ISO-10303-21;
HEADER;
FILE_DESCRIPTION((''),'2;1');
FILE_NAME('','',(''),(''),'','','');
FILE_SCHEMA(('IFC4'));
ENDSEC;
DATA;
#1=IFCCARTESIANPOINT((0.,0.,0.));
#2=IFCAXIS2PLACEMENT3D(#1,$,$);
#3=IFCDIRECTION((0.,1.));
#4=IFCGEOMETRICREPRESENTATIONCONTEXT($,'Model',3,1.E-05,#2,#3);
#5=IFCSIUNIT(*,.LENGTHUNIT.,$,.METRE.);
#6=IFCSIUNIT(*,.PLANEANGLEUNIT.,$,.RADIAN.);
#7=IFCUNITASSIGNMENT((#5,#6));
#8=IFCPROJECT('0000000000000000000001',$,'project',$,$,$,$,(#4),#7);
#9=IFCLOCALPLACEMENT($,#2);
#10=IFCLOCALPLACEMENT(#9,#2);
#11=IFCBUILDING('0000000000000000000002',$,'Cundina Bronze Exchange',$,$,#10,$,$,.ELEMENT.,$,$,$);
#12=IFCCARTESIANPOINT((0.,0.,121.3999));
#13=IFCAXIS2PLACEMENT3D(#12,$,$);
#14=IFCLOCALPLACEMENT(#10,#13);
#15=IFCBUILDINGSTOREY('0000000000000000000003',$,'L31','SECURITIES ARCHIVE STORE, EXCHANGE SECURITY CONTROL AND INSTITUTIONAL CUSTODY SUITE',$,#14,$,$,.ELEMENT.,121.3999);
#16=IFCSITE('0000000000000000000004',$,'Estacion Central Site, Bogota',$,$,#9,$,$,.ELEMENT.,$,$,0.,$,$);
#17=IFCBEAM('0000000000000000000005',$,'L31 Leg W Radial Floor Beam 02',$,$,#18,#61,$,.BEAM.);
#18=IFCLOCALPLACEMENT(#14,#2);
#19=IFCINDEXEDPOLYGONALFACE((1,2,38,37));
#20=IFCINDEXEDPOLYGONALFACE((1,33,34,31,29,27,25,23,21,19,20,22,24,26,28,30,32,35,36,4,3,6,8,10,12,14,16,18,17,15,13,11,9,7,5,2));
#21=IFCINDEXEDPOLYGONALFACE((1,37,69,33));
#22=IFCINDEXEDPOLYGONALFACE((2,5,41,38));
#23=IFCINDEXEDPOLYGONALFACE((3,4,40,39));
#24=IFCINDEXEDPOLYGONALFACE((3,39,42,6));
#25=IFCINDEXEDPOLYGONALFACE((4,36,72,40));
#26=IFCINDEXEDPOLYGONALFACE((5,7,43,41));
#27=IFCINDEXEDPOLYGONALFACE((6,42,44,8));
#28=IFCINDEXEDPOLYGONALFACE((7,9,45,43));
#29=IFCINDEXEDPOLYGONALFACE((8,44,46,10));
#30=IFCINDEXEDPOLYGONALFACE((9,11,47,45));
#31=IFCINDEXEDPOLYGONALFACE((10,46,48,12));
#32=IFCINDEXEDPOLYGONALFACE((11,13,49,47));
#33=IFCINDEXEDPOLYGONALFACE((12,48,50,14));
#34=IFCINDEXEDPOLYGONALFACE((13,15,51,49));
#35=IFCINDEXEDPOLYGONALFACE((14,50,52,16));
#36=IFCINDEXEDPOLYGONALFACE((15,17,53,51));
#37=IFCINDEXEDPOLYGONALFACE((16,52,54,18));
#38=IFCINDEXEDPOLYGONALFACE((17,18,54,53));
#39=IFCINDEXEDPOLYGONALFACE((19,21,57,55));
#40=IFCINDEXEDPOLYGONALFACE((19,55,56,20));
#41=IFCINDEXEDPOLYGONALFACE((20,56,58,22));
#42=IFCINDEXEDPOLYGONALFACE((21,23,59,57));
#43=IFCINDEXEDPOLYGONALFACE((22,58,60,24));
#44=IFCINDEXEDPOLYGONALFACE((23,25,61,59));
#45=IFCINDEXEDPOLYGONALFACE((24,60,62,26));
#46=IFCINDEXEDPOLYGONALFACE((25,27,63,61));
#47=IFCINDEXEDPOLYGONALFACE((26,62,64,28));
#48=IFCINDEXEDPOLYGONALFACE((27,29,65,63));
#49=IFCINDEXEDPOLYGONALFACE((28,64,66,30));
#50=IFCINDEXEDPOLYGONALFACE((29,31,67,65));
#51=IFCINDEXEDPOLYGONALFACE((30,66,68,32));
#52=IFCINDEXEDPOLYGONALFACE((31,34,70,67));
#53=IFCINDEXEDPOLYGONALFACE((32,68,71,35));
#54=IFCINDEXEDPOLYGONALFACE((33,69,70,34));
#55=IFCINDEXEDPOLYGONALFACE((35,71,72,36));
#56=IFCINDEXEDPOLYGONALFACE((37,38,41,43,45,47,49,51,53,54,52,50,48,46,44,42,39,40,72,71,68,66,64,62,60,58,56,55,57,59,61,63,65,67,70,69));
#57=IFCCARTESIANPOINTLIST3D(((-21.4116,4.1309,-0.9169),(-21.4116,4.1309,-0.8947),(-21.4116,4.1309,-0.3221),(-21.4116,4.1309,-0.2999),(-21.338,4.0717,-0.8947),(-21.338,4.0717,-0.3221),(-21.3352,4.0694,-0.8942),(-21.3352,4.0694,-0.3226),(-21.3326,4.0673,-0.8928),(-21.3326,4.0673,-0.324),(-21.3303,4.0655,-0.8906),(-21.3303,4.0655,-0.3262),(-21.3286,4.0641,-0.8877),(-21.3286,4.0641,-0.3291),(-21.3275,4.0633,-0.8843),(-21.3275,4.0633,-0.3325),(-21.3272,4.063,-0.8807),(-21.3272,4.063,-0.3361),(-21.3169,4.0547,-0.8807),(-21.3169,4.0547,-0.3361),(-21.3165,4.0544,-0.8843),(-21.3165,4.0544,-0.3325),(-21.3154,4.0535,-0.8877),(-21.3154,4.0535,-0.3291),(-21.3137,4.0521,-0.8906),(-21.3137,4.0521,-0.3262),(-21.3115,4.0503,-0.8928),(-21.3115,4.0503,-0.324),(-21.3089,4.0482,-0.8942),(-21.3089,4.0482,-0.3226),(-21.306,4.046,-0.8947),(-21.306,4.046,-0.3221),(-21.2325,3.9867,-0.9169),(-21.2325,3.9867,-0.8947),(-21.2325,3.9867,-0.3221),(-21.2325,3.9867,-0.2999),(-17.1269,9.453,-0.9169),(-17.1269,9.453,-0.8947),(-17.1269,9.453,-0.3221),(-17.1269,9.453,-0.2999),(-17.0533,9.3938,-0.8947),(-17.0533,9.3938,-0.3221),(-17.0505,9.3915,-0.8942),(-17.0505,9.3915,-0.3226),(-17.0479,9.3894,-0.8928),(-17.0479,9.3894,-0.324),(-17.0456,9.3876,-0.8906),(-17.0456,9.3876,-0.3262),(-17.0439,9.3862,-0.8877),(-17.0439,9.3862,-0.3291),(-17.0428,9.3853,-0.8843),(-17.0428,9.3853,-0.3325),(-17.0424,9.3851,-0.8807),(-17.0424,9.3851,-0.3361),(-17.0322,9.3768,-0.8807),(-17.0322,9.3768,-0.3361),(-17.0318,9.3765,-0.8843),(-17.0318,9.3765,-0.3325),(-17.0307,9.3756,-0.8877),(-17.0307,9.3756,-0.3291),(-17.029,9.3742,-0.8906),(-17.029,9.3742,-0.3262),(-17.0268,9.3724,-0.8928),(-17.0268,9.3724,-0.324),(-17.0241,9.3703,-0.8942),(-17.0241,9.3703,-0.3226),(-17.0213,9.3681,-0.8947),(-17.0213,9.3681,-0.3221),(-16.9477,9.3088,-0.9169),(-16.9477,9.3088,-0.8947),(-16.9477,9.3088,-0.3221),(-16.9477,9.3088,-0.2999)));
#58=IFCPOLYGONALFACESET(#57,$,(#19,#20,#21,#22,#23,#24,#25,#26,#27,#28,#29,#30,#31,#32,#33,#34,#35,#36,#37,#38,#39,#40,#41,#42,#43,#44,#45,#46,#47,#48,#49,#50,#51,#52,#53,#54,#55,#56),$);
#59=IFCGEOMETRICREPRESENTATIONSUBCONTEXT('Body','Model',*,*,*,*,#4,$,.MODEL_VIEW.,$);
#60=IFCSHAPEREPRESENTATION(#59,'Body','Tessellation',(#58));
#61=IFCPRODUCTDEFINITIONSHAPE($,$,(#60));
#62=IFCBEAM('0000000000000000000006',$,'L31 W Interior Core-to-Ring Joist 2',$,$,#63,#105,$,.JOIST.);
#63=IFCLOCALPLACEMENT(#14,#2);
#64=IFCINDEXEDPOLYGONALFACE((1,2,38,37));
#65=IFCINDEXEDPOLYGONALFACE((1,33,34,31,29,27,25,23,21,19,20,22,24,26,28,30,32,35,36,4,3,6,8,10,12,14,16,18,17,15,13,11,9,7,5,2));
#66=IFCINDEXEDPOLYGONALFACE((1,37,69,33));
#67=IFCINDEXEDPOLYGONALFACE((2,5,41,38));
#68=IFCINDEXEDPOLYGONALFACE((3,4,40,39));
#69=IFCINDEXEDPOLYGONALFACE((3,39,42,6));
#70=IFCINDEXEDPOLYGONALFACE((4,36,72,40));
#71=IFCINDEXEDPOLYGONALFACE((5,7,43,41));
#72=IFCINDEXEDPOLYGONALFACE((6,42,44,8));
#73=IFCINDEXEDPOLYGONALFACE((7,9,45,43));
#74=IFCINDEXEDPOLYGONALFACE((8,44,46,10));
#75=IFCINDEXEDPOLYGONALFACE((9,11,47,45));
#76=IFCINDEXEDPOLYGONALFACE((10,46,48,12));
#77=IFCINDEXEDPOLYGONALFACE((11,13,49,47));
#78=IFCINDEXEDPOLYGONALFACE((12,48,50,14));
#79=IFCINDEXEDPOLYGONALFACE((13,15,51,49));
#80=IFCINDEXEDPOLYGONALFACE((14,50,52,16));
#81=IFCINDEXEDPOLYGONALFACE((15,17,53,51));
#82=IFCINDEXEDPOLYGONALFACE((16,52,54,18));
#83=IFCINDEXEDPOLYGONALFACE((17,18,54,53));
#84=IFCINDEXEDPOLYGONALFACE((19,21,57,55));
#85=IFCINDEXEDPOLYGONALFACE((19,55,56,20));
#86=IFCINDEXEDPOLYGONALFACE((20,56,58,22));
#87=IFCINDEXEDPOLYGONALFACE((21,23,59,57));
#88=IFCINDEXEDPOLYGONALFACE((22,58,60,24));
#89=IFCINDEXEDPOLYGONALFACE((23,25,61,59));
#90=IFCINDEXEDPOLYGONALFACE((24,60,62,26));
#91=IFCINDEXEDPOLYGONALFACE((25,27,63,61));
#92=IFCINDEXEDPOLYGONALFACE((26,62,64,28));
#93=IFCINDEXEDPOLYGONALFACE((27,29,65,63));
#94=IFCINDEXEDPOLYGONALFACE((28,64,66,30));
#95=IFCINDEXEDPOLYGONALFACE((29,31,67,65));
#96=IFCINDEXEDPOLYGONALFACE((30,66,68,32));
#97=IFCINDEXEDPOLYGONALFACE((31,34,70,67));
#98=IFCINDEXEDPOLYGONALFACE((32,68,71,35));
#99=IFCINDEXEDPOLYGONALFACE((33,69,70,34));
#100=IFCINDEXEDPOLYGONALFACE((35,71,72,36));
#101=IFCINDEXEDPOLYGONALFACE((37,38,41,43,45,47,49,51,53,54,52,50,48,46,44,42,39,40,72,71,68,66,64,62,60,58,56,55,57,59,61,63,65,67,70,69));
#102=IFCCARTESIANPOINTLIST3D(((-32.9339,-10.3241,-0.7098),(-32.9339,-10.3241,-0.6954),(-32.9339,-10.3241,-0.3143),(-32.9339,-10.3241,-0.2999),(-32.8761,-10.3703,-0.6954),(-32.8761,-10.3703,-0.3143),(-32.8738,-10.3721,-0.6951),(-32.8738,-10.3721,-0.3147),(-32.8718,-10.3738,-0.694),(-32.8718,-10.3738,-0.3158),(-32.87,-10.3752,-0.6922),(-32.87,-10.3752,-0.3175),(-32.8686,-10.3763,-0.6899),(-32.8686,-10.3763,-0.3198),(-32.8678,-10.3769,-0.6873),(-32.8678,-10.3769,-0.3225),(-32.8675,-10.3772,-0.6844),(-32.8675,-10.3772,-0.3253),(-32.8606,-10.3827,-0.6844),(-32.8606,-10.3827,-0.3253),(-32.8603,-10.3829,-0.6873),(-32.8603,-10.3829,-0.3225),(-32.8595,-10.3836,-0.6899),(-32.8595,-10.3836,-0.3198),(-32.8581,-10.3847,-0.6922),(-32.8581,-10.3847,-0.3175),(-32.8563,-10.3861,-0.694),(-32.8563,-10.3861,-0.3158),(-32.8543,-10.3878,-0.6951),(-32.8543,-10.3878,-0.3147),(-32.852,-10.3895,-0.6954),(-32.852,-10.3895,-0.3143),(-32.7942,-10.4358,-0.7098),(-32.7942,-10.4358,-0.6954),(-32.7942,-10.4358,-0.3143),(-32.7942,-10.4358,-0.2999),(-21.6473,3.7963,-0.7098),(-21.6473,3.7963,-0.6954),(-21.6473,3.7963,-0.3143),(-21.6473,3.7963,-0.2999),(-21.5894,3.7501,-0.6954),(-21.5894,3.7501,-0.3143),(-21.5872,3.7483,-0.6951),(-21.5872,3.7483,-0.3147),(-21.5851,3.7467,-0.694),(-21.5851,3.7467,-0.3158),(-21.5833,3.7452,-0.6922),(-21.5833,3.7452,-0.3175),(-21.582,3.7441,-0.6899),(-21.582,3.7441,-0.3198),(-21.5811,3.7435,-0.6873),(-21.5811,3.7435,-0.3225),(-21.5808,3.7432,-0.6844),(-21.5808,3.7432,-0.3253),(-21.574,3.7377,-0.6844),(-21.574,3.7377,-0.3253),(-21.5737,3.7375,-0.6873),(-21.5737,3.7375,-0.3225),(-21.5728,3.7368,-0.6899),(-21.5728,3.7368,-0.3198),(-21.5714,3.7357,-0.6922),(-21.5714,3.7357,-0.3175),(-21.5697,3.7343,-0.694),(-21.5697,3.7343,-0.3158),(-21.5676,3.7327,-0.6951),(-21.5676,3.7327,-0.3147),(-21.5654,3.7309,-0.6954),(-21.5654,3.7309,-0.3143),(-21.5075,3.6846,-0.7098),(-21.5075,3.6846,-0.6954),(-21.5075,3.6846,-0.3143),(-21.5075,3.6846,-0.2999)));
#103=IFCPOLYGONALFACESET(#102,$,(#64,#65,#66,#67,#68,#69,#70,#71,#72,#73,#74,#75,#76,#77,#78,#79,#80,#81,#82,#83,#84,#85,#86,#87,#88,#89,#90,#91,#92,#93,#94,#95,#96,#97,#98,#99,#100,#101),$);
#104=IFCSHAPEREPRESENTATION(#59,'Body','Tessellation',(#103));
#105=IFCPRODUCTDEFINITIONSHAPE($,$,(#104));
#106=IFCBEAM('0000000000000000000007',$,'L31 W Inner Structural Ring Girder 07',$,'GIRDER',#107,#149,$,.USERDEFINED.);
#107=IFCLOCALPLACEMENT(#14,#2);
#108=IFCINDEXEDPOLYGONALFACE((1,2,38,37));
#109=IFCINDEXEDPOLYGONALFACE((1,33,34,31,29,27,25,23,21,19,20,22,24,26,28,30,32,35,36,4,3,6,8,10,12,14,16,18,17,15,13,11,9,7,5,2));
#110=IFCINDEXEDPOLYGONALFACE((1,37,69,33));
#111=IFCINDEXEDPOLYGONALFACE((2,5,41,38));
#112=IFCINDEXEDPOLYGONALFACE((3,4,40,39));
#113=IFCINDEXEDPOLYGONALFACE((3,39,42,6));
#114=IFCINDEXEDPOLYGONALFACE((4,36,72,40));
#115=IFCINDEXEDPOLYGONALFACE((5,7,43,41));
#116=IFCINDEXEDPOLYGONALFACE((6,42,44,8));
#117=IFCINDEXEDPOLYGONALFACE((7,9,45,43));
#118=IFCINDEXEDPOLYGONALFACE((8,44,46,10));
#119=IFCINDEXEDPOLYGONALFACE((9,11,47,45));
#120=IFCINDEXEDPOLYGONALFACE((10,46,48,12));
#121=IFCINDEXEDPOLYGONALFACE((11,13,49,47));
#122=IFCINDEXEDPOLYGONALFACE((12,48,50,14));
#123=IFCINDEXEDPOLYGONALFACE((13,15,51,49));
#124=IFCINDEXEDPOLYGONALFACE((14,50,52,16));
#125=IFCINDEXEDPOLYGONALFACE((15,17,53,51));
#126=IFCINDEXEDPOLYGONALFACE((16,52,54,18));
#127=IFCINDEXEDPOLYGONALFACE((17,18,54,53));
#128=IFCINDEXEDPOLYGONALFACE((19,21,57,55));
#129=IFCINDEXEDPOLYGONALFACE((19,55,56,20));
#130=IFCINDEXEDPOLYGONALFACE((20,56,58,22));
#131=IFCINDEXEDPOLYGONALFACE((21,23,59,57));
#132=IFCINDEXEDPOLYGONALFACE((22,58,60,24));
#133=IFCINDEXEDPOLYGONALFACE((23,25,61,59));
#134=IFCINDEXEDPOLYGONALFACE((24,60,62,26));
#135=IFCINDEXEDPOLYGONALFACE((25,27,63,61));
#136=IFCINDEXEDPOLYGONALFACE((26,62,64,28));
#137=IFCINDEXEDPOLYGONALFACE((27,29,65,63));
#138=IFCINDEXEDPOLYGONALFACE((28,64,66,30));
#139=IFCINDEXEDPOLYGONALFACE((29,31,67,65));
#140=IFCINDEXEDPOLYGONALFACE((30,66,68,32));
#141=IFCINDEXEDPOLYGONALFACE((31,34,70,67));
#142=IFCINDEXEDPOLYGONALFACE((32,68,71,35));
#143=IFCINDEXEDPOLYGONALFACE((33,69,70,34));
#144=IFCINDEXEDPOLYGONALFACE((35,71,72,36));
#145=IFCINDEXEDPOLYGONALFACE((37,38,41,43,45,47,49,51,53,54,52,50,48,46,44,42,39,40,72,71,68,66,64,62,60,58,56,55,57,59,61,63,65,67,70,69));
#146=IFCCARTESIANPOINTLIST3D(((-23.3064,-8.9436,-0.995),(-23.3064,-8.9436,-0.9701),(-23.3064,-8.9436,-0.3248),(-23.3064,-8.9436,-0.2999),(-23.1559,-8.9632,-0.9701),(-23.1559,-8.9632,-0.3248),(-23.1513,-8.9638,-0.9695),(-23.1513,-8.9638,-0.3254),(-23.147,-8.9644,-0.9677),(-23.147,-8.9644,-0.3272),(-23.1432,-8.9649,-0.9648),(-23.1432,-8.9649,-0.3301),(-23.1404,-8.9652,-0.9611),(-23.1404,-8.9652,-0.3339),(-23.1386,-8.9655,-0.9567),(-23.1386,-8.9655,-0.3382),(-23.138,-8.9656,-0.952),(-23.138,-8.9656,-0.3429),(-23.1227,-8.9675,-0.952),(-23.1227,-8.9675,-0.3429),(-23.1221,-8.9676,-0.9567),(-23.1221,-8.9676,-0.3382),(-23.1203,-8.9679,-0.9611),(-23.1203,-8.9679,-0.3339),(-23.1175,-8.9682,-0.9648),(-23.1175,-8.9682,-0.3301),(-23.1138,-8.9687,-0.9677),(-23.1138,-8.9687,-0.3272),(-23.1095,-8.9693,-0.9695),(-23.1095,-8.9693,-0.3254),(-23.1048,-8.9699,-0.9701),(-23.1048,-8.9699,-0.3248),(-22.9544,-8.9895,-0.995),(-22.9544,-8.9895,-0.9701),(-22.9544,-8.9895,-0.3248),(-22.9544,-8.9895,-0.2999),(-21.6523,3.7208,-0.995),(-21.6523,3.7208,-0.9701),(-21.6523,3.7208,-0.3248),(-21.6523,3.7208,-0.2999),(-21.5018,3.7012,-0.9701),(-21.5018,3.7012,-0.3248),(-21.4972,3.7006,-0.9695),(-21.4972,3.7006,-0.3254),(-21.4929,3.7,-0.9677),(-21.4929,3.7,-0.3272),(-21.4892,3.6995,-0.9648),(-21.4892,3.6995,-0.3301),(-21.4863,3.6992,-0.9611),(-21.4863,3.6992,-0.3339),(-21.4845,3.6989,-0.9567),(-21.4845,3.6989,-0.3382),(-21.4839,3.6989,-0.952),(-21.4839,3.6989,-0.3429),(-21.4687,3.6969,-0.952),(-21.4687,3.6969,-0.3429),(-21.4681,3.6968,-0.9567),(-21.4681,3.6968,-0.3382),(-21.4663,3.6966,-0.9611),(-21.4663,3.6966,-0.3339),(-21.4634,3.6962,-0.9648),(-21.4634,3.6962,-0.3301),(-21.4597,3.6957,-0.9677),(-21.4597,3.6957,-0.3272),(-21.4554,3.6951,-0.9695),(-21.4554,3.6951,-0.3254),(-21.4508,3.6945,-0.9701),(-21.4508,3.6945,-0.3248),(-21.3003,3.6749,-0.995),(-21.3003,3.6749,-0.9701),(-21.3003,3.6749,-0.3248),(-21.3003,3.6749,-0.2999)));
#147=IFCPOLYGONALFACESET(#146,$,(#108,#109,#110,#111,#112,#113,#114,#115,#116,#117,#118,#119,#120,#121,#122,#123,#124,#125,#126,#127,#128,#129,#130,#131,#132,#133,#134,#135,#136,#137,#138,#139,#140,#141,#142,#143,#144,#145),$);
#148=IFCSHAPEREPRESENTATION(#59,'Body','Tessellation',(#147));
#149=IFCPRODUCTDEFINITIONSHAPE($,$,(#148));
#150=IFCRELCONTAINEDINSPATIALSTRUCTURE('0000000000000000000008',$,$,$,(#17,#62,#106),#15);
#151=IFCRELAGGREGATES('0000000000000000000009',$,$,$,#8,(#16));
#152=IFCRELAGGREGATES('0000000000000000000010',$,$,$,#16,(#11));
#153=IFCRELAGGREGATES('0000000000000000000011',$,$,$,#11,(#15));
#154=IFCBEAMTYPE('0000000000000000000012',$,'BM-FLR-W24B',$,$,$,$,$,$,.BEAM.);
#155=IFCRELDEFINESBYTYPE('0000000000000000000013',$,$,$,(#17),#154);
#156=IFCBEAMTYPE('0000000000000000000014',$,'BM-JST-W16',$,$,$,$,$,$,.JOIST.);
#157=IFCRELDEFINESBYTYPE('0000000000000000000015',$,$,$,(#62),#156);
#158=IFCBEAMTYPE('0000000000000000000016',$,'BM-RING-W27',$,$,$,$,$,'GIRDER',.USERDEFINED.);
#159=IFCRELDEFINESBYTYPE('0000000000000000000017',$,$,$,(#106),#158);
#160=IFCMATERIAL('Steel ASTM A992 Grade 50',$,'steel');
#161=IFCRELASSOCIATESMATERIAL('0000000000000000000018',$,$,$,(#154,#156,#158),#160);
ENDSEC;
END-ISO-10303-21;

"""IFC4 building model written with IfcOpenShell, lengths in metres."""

from ifc_helpers import new_model, si_unit, direction, frame, origin, origin_2d, place, context, subcontext, project, spatial, i_section, extrude, material, material_profile, profile_set, type_object, element, save


model = new_model("IFC4")

# Units and contexts
model_context = context("Model", 3, precision=1e-05, world=origin(), true_north=direction((0.0, 1.0)))
body_context = subcontext(model_context, "Body", "Model", "MODEL_VIEW")
ifc_project = project(units=[si_unit("LENGTHUNIT", "METRE"), si_unit("PLANEANGLEUNIT", "RADIAN")], contexts=[model_context])

# Site, building, storey
site_placement = place(None, origin())
site = spatial("IfcSite", under=ifc_project, at=site_placement, Name="Estacion Central Site, Bogota", CompositionType="ELEMENT", RefElevation=0.0)
building_placement = place(site_placement, origin())
building = spatial("IfcBuilding", under=site, at=building_placement, Name="Cundina Bronze Exchange", CompositionType="ELEMENT")
storey_placement = place(building_placement, frame((0.0, 0.0, 121.3999)))
storey = spatial("IfcBuildingStorey", under=building, at=storey_placement, Name="L31", Description="SECURITIES ARCHIVE STORE, EXCHANGE SECURITY CONTROL AND INSTITUTIONAL CUSTODY SUITE", CompositionType="ELEMENT", Elevation=121.3999)

# Shared definitions
ifc_material_1 = material(Name="Steel ASTM A992 Grade 50", Category="steel")

# Beams
ifc_material_profile_1 = material_profile(ifc_material_1, i_section(OverallWidth=0.23, OverallDepth=0.6169, WebThickness=0.0132, FlangeThickness=0.0222, FilletRadius=0.0139, at=origin_2d()), Name="W24X94", Category="steel")
ifc_profile_set_1 = profile_set([ifc_material_profile_1], Name="Steel ASTM A992 Grade 50")
beam_type_1 = type_object("IfcBeamType", Name="BM-FLR-W24B", PredefinedType="BEAM", material=ifc_profile_set_1)
beam_1_placement = place(storey_placement, frame((-21.322, 4.0588, -0.6084), z_axis=(0.627106, 0.778934, 0.0), x_axis=(-0.778934, 0.627106, 0.0)))
element("IfcBeam", 1, at=beam_1_placement, inside=storey, type_object=beam_type_1, Name="L31 Leg W Radial Floor Beam 02", PredefinedType="BEAM", context=body_context, shape_type="SweptSolid", body=[
    extrude(i_section(OverallWidth=0.23, OverallDepth=0.6169, WebThickness=0.0132, FlangeThickness=0.0222, FilletRadius=0.0139, at=origin_2d()), origin(), (0.0, 0.0, 1.0), 6.8325),
])
ifc_material_profile_2 = material_profile(ifc_material_1, i_section(OverallWidth=0.179, OverallDepth=0.4099, WebThickness=0.0088, FlangeThickness=0.0144, FilletRadius=0.011, at=origin_2d()), Name="W16X45", Category="steel")
ifc_profile_set_2 = profile_set([ifc_material_profile_2], Name="Steel ASTM A992 Grade 50")
beam_type_2 = type_object("IfcBeamType", Name="BM-JST-W16", PredefinedType="JOIST", material=ifc_profile_set_2)
beam_2_placement = place(storey_placement, frame((-21.5774, 3.7405, -0.5049), z_axis=(-0.624369, -0.78113, 0.0), x_axis=(0.78113, -0.624369, 0.0)))
element("IfcBeam", 2, at=beam_2_placement, inside=storey, type_object=beam_type_2, Name="L31 W Interior Core-to-Ring Joist 2", PredefinedType="JOIST", context=body_context, shape_type="SweptSolid", body=[
    extrude(i_section(OverallWidth=0.179, OverallDepth=0.4099, WebThickness=0.0088, FlangeThickness=0.0144, FilletRadius=0.011, at=origin_2d()), origin(), (0.0, 0.0, 1.0), 18.0769),
])
ifc_material_profile_3 = material_profile(ifc_material_1, i_section(OverallWidth=0.355, OverallDepth=0.6951, WebThickness=0.0154, FlangeThickness=0.0249, FilletRadius=0.0181, at=origin_2d()), Name="W27X146", Category="steel")
ifc_profile_set_3 = profile_set([ifc_material_profile_3], Name="Steel ASTM A992 Grade 50")
beam_type_3 = type_object("IfcBeamType", Name="BM-RING-W27", ElementType="GIRDER", PredefinedType="USERDEFINED", material=ifc_profile_set_3)
beam_3_placement = place(storey_placement, frame((-23.1304, -8.9666, -0.6475), z_axis=(0.129508, 0.991578, 0.0), x_axis=(-0.991578, 0.129508, 0.0)))
element("IfcBeam", 3, at=beam_3_placement, inside=storey, type_object=beam_type_3, Name="L31 W Inner Structural Ring Girder 07", ObjectType="GIRDER", PredefinedType="USERDEFINED", context=body_context, shape_type="SweptSolid", body=[
    extrude(i_section(OverallWidth=0.355, OverallDepth=0.6951, WebThickness=0.0154, FlangeThickness=0.0249, FilletRadius=0.0181, at=origin_2d()), origin(), (0.0, 0.0, 1.0), 12.772),
])

save(model, "model.ifc")
